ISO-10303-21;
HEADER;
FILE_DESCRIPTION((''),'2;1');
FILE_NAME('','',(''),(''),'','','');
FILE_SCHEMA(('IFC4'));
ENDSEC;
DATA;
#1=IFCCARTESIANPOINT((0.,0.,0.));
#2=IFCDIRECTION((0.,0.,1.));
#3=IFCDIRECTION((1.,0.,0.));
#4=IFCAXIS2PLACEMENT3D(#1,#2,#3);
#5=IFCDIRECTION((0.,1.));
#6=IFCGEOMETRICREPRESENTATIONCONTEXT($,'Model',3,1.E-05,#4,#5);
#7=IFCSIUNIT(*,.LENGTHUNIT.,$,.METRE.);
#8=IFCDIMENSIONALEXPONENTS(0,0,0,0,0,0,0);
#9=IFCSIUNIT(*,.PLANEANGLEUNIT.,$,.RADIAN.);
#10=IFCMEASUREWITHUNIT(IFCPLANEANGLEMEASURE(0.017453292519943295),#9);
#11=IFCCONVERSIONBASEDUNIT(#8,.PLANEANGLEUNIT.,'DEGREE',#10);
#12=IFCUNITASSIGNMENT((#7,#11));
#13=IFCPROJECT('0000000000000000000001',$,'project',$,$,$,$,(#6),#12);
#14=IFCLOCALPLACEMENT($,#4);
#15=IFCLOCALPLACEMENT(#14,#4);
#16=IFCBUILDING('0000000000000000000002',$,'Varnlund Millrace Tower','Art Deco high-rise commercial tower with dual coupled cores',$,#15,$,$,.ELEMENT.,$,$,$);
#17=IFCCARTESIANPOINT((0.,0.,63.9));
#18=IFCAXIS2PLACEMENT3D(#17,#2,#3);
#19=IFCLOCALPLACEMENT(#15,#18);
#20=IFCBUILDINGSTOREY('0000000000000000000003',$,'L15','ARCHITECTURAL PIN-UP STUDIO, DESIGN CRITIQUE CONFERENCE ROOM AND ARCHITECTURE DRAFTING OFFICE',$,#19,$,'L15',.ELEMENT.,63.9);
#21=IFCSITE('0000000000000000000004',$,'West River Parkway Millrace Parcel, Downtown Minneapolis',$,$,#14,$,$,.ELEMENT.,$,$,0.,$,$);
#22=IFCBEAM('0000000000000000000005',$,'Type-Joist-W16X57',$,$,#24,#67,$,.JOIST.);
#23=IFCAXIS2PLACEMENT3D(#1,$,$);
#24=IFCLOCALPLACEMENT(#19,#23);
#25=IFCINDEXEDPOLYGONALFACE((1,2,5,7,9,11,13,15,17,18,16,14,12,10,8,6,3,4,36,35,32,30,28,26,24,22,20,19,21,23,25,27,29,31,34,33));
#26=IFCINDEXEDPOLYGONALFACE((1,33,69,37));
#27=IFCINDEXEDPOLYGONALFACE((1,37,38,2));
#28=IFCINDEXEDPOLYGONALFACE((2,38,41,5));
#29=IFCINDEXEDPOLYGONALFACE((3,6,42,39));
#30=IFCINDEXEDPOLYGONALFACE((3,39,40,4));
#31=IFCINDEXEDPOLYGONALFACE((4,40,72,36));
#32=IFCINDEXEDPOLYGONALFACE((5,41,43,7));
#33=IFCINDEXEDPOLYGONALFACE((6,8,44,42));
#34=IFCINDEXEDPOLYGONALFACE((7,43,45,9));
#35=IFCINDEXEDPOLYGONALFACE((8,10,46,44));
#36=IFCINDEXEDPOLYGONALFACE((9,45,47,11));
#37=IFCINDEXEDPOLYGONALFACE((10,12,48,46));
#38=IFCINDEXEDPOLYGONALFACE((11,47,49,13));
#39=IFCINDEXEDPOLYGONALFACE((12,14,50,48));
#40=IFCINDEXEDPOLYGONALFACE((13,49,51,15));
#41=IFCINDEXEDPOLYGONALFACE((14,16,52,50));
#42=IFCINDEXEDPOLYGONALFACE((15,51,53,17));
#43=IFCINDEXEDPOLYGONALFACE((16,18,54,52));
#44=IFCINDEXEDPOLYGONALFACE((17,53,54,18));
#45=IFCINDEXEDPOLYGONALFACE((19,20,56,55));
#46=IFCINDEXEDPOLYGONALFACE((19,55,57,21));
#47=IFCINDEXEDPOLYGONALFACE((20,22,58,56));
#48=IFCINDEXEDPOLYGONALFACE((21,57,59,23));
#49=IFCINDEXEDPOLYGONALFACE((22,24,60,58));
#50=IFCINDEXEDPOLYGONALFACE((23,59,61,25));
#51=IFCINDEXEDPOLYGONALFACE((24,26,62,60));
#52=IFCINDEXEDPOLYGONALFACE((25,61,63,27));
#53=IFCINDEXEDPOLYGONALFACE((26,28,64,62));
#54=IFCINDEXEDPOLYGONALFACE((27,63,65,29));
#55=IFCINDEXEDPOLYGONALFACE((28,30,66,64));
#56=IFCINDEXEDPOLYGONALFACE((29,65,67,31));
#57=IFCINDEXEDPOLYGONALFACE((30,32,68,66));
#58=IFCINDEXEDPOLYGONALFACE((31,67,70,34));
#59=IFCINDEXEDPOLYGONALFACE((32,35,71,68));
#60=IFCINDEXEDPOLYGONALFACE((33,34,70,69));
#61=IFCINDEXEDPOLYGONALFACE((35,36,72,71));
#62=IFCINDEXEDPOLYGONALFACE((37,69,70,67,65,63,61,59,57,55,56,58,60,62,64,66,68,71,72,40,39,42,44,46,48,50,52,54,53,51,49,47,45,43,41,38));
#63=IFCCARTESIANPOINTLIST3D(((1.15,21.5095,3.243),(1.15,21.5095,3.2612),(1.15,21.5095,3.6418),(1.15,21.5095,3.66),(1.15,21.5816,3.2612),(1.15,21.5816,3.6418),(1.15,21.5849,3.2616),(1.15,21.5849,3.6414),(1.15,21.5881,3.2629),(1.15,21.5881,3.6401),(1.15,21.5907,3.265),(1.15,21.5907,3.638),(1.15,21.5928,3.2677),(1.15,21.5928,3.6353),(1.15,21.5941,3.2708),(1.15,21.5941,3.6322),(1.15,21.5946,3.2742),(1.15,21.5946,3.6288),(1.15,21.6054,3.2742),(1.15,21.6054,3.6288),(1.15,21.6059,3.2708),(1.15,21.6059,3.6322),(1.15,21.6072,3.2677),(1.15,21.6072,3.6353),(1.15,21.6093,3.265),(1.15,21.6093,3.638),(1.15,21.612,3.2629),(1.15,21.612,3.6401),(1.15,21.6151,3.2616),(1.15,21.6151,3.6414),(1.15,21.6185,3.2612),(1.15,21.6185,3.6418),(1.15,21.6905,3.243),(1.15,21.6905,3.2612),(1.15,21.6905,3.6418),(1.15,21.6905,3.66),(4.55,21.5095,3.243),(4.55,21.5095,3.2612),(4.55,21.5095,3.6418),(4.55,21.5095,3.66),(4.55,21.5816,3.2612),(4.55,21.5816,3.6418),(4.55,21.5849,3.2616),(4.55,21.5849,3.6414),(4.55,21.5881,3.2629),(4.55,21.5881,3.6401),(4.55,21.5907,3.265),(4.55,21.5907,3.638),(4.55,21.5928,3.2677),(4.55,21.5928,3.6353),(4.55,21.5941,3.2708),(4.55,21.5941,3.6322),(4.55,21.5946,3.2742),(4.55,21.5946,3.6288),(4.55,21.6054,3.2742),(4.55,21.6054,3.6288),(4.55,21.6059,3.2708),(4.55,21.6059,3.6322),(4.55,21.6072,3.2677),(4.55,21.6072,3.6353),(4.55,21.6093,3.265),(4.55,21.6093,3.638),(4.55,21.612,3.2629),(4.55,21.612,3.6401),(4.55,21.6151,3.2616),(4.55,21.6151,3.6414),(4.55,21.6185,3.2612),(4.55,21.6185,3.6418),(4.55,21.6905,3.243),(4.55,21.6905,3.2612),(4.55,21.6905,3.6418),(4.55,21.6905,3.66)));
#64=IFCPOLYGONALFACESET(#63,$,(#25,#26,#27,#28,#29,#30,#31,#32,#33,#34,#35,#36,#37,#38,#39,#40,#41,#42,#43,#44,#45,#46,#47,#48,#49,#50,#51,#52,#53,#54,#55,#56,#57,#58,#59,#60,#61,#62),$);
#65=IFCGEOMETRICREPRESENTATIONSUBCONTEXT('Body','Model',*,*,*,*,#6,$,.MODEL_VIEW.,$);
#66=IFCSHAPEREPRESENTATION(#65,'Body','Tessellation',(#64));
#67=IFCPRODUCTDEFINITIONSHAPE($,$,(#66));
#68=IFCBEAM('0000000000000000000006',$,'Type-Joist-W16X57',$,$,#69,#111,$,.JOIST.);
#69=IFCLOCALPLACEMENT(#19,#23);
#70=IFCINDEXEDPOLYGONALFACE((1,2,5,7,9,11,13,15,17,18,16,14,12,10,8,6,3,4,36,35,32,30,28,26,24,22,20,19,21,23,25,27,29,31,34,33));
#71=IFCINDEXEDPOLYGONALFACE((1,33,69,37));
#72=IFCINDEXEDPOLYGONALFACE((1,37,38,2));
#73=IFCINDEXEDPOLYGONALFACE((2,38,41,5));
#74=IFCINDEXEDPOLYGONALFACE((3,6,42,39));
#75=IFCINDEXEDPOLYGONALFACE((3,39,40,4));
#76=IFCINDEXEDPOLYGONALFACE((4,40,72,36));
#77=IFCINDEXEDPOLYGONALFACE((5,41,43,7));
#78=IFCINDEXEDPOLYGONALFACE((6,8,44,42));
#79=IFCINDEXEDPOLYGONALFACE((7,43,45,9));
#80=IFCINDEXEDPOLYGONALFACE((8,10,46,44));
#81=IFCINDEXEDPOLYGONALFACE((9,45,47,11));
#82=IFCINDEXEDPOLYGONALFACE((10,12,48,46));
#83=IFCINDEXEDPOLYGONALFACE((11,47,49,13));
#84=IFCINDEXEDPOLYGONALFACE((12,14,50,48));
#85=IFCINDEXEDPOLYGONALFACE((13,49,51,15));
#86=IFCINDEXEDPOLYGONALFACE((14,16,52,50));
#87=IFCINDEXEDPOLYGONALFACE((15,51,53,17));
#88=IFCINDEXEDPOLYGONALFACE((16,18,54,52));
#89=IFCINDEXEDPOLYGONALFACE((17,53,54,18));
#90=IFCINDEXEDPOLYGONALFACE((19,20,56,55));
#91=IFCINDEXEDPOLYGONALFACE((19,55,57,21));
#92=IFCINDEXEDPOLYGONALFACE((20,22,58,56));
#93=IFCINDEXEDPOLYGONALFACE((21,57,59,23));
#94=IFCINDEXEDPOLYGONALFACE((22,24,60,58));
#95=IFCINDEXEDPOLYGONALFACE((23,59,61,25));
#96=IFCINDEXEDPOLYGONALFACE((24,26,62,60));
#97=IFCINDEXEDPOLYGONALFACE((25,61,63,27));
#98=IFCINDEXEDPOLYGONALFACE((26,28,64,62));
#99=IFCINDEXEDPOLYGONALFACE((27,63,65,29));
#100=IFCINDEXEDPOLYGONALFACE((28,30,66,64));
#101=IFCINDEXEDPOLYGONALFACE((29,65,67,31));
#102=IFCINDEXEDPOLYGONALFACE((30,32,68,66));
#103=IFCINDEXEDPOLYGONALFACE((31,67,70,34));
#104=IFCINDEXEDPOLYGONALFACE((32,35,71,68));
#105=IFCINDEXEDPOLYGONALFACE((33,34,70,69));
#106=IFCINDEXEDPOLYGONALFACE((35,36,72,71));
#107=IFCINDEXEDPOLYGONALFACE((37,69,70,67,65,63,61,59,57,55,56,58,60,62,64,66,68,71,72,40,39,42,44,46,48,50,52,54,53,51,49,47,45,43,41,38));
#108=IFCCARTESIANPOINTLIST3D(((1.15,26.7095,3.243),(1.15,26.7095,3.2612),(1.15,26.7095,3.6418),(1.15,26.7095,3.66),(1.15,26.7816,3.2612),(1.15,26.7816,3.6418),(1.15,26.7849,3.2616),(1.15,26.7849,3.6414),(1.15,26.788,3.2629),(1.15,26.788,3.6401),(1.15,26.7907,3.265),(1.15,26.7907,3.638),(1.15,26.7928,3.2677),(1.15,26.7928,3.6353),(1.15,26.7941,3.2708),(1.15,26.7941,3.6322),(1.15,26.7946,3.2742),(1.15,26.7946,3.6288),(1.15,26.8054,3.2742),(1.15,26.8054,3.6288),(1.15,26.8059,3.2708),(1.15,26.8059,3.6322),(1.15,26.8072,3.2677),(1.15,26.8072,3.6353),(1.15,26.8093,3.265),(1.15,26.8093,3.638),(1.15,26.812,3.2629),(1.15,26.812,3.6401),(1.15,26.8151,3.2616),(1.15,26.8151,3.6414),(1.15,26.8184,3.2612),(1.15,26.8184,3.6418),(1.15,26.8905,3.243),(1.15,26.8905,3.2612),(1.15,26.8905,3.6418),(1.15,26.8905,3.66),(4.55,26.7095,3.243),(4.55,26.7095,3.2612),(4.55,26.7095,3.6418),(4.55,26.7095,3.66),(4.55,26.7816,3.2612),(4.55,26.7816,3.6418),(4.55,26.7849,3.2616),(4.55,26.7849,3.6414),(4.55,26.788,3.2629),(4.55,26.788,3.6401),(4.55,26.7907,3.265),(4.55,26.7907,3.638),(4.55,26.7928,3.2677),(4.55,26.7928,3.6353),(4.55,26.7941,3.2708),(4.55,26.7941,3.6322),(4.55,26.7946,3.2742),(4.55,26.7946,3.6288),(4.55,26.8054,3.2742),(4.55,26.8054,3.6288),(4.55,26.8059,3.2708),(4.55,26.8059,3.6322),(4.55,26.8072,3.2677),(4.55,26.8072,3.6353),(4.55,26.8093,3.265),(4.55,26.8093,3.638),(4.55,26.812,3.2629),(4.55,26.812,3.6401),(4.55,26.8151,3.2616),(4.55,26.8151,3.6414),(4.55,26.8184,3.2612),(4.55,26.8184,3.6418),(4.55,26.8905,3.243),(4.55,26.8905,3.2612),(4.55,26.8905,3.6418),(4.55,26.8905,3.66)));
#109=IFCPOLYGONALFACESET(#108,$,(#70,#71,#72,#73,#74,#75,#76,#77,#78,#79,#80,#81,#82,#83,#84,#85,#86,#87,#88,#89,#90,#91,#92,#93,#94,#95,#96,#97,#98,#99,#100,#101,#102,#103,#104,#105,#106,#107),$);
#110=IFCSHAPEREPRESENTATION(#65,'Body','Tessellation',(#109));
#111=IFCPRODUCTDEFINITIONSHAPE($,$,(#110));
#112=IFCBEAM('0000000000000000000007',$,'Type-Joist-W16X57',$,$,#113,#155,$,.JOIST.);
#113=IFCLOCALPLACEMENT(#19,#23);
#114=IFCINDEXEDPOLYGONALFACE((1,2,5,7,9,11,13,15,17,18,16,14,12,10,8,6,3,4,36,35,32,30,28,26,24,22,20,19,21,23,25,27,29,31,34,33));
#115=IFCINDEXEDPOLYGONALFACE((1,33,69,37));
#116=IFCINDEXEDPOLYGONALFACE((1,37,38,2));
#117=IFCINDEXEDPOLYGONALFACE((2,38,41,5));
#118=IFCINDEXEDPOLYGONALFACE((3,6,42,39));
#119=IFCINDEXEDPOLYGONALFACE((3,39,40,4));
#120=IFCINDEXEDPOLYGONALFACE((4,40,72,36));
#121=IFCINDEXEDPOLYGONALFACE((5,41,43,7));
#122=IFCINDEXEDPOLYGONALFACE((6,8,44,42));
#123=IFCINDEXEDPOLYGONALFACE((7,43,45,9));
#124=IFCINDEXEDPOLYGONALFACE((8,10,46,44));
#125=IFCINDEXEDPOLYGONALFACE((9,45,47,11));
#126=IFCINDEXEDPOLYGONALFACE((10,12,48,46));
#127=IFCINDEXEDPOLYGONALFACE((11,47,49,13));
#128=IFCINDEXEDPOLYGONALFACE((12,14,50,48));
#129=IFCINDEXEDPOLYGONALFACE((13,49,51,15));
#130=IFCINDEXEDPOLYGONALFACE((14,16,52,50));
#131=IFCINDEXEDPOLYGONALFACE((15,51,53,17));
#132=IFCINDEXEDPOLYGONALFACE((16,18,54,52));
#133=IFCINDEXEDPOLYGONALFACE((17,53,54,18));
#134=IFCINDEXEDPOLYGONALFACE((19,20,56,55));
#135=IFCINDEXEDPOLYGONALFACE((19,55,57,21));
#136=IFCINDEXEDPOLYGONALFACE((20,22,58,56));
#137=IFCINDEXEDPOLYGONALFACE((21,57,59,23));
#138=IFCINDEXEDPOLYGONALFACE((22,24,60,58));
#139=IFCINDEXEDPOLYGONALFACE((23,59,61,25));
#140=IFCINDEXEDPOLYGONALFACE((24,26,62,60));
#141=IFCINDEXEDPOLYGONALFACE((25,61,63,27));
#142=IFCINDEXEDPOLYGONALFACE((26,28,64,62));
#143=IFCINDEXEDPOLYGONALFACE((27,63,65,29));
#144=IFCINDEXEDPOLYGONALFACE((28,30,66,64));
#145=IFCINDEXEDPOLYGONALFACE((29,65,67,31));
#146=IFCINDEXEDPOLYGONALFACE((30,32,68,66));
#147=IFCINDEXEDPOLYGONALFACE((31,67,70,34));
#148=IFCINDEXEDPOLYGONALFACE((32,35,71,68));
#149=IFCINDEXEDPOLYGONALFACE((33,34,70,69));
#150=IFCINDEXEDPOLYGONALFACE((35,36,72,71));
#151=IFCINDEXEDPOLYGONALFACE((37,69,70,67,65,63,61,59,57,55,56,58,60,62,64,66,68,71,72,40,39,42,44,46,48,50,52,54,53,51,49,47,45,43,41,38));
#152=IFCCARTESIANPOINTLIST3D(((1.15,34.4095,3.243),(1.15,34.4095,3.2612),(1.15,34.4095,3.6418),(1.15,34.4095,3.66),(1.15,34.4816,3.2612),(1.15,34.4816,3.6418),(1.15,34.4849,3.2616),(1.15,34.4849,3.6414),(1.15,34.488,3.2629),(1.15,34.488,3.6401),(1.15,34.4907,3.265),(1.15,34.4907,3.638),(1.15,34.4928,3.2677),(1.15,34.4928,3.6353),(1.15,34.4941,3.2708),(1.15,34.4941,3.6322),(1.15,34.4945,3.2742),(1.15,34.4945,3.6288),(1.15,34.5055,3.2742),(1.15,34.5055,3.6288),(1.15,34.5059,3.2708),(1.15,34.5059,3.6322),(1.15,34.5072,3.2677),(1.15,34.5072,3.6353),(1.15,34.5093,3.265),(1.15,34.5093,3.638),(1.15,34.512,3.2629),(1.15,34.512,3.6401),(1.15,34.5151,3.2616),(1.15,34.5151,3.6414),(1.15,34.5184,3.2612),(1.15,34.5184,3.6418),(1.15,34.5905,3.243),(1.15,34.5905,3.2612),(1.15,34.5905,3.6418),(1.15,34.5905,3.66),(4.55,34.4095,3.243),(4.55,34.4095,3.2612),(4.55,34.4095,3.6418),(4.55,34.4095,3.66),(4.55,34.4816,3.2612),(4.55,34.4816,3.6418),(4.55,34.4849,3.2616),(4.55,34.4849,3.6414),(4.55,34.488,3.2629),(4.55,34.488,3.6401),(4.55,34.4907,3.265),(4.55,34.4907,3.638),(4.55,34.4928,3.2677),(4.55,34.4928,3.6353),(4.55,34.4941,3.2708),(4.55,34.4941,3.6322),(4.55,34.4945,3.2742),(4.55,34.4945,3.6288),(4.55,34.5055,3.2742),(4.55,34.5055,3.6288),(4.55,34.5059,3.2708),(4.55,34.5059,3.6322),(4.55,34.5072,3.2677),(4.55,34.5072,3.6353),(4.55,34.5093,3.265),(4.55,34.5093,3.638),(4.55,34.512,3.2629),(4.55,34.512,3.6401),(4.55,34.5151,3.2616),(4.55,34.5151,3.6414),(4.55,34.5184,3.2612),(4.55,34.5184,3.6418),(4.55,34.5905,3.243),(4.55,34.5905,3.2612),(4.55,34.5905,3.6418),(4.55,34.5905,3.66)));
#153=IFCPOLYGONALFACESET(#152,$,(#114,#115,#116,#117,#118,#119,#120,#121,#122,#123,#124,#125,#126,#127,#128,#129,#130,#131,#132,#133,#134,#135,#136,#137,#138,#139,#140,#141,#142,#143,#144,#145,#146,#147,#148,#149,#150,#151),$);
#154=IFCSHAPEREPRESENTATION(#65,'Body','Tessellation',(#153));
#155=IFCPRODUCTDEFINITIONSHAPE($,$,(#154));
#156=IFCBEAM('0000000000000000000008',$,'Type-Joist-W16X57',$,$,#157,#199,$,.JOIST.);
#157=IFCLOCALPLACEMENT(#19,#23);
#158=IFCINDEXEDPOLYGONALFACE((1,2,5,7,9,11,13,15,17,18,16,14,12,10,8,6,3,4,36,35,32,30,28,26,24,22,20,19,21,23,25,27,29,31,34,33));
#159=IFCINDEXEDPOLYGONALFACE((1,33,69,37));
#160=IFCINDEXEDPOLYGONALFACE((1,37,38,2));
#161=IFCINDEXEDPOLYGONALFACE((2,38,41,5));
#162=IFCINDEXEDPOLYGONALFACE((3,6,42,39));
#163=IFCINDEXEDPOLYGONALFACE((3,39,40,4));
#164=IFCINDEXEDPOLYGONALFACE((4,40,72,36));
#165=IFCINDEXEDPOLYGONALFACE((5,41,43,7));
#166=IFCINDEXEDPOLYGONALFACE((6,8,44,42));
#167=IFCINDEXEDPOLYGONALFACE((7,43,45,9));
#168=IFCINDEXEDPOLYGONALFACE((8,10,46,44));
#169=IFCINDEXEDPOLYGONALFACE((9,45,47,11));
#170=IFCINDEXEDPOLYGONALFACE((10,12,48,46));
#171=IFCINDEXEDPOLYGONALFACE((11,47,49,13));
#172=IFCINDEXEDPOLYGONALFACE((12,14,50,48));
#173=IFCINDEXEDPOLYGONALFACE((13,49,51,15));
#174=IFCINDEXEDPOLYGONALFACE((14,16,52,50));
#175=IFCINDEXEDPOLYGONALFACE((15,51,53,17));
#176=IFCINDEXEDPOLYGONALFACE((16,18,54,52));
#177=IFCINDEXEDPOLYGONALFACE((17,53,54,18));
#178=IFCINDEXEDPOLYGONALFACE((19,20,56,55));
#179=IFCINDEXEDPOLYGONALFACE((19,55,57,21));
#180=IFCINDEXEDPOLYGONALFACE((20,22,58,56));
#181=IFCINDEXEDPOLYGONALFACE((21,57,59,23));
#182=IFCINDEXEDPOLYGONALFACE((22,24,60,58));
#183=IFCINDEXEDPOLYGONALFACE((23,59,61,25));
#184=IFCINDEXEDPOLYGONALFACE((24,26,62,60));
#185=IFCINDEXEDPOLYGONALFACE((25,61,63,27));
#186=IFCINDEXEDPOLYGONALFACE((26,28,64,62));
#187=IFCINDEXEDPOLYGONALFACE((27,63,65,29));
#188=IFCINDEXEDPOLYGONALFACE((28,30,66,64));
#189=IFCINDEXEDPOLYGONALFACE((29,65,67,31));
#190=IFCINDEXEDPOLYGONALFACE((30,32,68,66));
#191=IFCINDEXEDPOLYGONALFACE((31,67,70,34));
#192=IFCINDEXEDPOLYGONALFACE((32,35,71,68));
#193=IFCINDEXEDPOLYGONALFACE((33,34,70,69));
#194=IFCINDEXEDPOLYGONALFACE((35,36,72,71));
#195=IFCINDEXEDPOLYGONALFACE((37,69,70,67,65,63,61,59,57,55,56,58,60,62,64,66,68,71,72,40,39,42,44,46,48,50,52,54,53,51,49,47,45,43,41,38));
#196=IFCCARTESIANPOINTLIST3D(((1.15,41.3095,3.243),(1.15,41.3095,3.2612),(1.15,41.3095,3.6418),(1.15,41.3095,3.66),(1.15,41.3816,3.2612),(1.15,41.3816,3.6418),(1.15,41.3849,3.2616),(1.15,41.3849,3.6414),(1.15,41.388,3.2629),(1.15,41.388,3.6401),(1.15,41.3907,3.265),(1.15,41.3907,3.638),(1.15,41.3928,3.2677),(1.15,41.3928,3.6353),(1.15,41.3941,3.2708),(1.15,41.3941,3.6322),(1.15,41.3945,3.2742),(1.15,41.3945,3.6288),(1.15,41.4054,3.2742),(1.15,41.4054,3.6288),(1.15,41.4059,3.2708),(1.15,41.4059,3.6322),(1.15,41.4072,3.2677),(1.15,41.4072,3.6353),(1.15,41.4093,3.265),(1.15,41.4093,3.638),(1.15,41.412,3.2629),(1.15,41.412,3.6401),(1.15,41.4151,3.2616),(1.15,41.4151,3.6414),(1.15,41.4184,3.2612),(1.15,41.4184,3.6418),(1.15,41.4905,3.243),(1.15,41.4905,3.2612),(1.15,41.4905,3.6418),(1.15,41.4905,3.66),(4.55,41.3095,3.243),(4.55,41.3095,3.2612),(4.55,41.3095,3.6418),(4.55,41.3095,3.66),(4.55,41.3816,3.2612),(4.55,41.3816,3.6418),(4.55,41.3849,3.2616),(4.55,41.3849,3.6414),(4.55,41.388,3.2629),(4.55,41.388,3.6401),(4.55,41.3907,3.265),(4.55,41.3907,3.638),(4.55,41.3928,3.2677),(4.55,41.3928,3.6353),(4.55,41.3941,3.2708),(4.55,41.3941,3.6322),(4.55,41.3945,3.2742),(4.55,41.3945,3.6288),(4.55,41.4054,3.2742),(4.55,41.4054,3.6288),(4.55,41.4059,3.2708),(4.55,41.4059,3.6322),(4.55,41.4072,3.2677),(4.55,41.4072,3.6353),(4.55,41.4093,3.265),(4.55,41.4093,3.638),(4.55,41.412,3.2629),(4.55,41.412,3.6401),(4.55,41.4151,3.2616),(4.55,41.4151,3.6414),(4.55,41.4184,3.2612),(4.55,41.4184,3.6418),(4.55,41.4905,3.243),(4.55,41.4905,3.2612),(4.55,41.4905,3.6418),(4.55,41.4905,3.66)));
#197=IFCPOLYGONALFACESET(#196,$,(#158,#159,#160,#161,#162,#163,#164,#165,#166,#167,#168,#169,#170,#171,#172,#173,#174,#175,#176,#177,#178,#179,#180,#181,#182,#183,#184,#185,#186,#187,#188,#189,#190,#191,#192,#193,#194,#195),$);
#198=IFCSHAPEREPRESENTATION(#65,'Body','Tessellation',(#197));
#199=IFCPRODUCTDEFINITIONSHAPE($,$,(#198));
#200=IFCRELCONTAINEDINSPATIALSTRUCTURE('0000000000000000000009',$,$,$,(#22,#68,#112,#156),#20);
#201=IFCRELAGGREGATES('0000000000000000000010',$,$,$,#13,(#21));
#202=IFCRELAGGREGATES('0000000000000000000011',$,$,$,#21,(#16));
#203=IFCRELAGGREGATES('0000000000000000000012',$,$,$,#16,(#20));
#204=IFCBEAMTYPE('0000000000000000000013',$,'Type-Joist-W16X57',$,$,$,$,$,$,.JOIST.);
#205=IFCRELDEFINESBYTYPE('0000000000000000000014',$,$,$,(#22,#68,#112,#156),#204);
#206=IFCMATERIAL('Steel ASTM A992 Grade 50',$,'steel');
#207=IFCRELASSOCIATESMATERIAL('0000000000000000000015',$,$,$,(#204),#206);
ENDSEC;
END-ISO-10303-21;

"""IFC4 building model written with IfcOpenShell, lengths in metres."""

from ifc_helpers import new_model, entity, si_unit, converted_unit, direction, frame, origin_with_axes, origin_2d_with_axis, place, context, subcontext, project, spatial, i_section, extrude, material, material_profile, profile_set, type_object, element, save


model = new_model("IFC4")

# Units and contexts
model_context = context("Model", 3, precision=1e-05, world=origin_with_axes(), true_north=direction((0.0, 1.0)))
body_context = subcontext(model_context, "Body", "Model", "MODEL_VIEW")
ifc_project = project(units=[si_unit("LENGTHUNIT", "METRE"), converted_unit("PLANEANGLEUNIT", "DEGREE", entity("IfcPlaneAngleMeasure", 0.017453292519943295), si_unit("PLANEANGLEUNIT", "RADIAN"), dimensions=[0, 0, 0, 0, 0, 0, 0])], contexts=[model_context])

# Site, building, storey
site_placement = place(None, origin_with_axes())
site = spatial("IfcSite", under=ifc_project, at=site_placement, Name="West River Parkway Millrace Parcel, Downtown Minneapolis", CompositionType="ELEMENT", RefElevation=0.0)
building_placement = place(site_placement, origin_with_axes())
building = spatial("IfcBuilding", under=site, at=building_placement, Name="Varnlund Millrace Tower", Description="Art Deco high-rise commercial tower with dual coupled cores", CompositionType="ELEMENT")
storey_placement = place(building_placement, frame((0.0, 0.0, 63.9), z_axis=(0.0, 0.0, 1.0), x_axis=(1.0, 0.0, 0.0)))
storey = spatial("IfcBuildingStorey", under=building, at=storey_placement, Name="L15", Description="ARCHITECTURAL PIN-UP STUDIO, DESIGN CRITIQUE CONFERENCE ROOM AND ARCHITECTURE DRAFTING OFFICE", LongName="L15", CompositionType="ELEMENT", Elevation=63.9)

# Beams
ifc_material_1 = material(Name="Steel ASTM A992 Grade 50", Category="steel")
ifc_material_profile_1 = material_profile(ifc_material_1, i_section(OverallWidth=0.181, OverallDepth=0.417, WebThickness=0.0109, FlangeThickness=0.0182, FilletRadius=0.013, at=origin_2d_with_axis()), Name="Steel ASTM A992 Grade 50")
ifc_profile_set_1 = profile_set([ifc_material_profile_1], Name="Steel ASTM A992 Grade 50")
beam_type_1 = type_object("IfcBeamType", Name="Type-Joist-W16X57", PredefinedType="JOIST", material=ifc_profile_set_1)
for number, where, z_axis, x_axis, name in (
    (1, (1.15, 21.6, 3.4515), (1.0, 0.0, 0.0), (0.0, 1.0, 0.0), "Type-Joist-W16X57"),
    (2, (1.15, 26.8, 3.4515), (1.0, 0.0, 0.0), (0.0, 1.0, 0.0), "Type-Joist-W16X57"),
    (3, (1.15, 34.5, 3.4515), (1.0, 0.0, 0.0), (0.0, 1.0, 0.0), "Type-Joist-W16X57"),
    (4, (1.15, 41.4, 3.4515), (1.0, 0.0, 0.0), (0.0, 1.0, 0.0), "Type-Joist-W16X57"),
):
    element("IfcBeam", number, at=place(storey_placement, frame(where, z_axis=z_axis, x_axis=x_axis)), inside=storey, type_object=beam_type_1, Name=name, PredefinedType="JOIST", context=body_context, shape_type="SweptSolid", body=[
        extrude(i_section(OverallWidth=0.181, OverallDepth=0.417, WebThickness=0.0109, FlangeThickness=0.0182, FilletRadius=0.013, at=origin_2d_with_axis()), origin_with_axes(), (0.0, 0.0, 1.0), 3.4),
    ])

save(model, "model.ifc")
